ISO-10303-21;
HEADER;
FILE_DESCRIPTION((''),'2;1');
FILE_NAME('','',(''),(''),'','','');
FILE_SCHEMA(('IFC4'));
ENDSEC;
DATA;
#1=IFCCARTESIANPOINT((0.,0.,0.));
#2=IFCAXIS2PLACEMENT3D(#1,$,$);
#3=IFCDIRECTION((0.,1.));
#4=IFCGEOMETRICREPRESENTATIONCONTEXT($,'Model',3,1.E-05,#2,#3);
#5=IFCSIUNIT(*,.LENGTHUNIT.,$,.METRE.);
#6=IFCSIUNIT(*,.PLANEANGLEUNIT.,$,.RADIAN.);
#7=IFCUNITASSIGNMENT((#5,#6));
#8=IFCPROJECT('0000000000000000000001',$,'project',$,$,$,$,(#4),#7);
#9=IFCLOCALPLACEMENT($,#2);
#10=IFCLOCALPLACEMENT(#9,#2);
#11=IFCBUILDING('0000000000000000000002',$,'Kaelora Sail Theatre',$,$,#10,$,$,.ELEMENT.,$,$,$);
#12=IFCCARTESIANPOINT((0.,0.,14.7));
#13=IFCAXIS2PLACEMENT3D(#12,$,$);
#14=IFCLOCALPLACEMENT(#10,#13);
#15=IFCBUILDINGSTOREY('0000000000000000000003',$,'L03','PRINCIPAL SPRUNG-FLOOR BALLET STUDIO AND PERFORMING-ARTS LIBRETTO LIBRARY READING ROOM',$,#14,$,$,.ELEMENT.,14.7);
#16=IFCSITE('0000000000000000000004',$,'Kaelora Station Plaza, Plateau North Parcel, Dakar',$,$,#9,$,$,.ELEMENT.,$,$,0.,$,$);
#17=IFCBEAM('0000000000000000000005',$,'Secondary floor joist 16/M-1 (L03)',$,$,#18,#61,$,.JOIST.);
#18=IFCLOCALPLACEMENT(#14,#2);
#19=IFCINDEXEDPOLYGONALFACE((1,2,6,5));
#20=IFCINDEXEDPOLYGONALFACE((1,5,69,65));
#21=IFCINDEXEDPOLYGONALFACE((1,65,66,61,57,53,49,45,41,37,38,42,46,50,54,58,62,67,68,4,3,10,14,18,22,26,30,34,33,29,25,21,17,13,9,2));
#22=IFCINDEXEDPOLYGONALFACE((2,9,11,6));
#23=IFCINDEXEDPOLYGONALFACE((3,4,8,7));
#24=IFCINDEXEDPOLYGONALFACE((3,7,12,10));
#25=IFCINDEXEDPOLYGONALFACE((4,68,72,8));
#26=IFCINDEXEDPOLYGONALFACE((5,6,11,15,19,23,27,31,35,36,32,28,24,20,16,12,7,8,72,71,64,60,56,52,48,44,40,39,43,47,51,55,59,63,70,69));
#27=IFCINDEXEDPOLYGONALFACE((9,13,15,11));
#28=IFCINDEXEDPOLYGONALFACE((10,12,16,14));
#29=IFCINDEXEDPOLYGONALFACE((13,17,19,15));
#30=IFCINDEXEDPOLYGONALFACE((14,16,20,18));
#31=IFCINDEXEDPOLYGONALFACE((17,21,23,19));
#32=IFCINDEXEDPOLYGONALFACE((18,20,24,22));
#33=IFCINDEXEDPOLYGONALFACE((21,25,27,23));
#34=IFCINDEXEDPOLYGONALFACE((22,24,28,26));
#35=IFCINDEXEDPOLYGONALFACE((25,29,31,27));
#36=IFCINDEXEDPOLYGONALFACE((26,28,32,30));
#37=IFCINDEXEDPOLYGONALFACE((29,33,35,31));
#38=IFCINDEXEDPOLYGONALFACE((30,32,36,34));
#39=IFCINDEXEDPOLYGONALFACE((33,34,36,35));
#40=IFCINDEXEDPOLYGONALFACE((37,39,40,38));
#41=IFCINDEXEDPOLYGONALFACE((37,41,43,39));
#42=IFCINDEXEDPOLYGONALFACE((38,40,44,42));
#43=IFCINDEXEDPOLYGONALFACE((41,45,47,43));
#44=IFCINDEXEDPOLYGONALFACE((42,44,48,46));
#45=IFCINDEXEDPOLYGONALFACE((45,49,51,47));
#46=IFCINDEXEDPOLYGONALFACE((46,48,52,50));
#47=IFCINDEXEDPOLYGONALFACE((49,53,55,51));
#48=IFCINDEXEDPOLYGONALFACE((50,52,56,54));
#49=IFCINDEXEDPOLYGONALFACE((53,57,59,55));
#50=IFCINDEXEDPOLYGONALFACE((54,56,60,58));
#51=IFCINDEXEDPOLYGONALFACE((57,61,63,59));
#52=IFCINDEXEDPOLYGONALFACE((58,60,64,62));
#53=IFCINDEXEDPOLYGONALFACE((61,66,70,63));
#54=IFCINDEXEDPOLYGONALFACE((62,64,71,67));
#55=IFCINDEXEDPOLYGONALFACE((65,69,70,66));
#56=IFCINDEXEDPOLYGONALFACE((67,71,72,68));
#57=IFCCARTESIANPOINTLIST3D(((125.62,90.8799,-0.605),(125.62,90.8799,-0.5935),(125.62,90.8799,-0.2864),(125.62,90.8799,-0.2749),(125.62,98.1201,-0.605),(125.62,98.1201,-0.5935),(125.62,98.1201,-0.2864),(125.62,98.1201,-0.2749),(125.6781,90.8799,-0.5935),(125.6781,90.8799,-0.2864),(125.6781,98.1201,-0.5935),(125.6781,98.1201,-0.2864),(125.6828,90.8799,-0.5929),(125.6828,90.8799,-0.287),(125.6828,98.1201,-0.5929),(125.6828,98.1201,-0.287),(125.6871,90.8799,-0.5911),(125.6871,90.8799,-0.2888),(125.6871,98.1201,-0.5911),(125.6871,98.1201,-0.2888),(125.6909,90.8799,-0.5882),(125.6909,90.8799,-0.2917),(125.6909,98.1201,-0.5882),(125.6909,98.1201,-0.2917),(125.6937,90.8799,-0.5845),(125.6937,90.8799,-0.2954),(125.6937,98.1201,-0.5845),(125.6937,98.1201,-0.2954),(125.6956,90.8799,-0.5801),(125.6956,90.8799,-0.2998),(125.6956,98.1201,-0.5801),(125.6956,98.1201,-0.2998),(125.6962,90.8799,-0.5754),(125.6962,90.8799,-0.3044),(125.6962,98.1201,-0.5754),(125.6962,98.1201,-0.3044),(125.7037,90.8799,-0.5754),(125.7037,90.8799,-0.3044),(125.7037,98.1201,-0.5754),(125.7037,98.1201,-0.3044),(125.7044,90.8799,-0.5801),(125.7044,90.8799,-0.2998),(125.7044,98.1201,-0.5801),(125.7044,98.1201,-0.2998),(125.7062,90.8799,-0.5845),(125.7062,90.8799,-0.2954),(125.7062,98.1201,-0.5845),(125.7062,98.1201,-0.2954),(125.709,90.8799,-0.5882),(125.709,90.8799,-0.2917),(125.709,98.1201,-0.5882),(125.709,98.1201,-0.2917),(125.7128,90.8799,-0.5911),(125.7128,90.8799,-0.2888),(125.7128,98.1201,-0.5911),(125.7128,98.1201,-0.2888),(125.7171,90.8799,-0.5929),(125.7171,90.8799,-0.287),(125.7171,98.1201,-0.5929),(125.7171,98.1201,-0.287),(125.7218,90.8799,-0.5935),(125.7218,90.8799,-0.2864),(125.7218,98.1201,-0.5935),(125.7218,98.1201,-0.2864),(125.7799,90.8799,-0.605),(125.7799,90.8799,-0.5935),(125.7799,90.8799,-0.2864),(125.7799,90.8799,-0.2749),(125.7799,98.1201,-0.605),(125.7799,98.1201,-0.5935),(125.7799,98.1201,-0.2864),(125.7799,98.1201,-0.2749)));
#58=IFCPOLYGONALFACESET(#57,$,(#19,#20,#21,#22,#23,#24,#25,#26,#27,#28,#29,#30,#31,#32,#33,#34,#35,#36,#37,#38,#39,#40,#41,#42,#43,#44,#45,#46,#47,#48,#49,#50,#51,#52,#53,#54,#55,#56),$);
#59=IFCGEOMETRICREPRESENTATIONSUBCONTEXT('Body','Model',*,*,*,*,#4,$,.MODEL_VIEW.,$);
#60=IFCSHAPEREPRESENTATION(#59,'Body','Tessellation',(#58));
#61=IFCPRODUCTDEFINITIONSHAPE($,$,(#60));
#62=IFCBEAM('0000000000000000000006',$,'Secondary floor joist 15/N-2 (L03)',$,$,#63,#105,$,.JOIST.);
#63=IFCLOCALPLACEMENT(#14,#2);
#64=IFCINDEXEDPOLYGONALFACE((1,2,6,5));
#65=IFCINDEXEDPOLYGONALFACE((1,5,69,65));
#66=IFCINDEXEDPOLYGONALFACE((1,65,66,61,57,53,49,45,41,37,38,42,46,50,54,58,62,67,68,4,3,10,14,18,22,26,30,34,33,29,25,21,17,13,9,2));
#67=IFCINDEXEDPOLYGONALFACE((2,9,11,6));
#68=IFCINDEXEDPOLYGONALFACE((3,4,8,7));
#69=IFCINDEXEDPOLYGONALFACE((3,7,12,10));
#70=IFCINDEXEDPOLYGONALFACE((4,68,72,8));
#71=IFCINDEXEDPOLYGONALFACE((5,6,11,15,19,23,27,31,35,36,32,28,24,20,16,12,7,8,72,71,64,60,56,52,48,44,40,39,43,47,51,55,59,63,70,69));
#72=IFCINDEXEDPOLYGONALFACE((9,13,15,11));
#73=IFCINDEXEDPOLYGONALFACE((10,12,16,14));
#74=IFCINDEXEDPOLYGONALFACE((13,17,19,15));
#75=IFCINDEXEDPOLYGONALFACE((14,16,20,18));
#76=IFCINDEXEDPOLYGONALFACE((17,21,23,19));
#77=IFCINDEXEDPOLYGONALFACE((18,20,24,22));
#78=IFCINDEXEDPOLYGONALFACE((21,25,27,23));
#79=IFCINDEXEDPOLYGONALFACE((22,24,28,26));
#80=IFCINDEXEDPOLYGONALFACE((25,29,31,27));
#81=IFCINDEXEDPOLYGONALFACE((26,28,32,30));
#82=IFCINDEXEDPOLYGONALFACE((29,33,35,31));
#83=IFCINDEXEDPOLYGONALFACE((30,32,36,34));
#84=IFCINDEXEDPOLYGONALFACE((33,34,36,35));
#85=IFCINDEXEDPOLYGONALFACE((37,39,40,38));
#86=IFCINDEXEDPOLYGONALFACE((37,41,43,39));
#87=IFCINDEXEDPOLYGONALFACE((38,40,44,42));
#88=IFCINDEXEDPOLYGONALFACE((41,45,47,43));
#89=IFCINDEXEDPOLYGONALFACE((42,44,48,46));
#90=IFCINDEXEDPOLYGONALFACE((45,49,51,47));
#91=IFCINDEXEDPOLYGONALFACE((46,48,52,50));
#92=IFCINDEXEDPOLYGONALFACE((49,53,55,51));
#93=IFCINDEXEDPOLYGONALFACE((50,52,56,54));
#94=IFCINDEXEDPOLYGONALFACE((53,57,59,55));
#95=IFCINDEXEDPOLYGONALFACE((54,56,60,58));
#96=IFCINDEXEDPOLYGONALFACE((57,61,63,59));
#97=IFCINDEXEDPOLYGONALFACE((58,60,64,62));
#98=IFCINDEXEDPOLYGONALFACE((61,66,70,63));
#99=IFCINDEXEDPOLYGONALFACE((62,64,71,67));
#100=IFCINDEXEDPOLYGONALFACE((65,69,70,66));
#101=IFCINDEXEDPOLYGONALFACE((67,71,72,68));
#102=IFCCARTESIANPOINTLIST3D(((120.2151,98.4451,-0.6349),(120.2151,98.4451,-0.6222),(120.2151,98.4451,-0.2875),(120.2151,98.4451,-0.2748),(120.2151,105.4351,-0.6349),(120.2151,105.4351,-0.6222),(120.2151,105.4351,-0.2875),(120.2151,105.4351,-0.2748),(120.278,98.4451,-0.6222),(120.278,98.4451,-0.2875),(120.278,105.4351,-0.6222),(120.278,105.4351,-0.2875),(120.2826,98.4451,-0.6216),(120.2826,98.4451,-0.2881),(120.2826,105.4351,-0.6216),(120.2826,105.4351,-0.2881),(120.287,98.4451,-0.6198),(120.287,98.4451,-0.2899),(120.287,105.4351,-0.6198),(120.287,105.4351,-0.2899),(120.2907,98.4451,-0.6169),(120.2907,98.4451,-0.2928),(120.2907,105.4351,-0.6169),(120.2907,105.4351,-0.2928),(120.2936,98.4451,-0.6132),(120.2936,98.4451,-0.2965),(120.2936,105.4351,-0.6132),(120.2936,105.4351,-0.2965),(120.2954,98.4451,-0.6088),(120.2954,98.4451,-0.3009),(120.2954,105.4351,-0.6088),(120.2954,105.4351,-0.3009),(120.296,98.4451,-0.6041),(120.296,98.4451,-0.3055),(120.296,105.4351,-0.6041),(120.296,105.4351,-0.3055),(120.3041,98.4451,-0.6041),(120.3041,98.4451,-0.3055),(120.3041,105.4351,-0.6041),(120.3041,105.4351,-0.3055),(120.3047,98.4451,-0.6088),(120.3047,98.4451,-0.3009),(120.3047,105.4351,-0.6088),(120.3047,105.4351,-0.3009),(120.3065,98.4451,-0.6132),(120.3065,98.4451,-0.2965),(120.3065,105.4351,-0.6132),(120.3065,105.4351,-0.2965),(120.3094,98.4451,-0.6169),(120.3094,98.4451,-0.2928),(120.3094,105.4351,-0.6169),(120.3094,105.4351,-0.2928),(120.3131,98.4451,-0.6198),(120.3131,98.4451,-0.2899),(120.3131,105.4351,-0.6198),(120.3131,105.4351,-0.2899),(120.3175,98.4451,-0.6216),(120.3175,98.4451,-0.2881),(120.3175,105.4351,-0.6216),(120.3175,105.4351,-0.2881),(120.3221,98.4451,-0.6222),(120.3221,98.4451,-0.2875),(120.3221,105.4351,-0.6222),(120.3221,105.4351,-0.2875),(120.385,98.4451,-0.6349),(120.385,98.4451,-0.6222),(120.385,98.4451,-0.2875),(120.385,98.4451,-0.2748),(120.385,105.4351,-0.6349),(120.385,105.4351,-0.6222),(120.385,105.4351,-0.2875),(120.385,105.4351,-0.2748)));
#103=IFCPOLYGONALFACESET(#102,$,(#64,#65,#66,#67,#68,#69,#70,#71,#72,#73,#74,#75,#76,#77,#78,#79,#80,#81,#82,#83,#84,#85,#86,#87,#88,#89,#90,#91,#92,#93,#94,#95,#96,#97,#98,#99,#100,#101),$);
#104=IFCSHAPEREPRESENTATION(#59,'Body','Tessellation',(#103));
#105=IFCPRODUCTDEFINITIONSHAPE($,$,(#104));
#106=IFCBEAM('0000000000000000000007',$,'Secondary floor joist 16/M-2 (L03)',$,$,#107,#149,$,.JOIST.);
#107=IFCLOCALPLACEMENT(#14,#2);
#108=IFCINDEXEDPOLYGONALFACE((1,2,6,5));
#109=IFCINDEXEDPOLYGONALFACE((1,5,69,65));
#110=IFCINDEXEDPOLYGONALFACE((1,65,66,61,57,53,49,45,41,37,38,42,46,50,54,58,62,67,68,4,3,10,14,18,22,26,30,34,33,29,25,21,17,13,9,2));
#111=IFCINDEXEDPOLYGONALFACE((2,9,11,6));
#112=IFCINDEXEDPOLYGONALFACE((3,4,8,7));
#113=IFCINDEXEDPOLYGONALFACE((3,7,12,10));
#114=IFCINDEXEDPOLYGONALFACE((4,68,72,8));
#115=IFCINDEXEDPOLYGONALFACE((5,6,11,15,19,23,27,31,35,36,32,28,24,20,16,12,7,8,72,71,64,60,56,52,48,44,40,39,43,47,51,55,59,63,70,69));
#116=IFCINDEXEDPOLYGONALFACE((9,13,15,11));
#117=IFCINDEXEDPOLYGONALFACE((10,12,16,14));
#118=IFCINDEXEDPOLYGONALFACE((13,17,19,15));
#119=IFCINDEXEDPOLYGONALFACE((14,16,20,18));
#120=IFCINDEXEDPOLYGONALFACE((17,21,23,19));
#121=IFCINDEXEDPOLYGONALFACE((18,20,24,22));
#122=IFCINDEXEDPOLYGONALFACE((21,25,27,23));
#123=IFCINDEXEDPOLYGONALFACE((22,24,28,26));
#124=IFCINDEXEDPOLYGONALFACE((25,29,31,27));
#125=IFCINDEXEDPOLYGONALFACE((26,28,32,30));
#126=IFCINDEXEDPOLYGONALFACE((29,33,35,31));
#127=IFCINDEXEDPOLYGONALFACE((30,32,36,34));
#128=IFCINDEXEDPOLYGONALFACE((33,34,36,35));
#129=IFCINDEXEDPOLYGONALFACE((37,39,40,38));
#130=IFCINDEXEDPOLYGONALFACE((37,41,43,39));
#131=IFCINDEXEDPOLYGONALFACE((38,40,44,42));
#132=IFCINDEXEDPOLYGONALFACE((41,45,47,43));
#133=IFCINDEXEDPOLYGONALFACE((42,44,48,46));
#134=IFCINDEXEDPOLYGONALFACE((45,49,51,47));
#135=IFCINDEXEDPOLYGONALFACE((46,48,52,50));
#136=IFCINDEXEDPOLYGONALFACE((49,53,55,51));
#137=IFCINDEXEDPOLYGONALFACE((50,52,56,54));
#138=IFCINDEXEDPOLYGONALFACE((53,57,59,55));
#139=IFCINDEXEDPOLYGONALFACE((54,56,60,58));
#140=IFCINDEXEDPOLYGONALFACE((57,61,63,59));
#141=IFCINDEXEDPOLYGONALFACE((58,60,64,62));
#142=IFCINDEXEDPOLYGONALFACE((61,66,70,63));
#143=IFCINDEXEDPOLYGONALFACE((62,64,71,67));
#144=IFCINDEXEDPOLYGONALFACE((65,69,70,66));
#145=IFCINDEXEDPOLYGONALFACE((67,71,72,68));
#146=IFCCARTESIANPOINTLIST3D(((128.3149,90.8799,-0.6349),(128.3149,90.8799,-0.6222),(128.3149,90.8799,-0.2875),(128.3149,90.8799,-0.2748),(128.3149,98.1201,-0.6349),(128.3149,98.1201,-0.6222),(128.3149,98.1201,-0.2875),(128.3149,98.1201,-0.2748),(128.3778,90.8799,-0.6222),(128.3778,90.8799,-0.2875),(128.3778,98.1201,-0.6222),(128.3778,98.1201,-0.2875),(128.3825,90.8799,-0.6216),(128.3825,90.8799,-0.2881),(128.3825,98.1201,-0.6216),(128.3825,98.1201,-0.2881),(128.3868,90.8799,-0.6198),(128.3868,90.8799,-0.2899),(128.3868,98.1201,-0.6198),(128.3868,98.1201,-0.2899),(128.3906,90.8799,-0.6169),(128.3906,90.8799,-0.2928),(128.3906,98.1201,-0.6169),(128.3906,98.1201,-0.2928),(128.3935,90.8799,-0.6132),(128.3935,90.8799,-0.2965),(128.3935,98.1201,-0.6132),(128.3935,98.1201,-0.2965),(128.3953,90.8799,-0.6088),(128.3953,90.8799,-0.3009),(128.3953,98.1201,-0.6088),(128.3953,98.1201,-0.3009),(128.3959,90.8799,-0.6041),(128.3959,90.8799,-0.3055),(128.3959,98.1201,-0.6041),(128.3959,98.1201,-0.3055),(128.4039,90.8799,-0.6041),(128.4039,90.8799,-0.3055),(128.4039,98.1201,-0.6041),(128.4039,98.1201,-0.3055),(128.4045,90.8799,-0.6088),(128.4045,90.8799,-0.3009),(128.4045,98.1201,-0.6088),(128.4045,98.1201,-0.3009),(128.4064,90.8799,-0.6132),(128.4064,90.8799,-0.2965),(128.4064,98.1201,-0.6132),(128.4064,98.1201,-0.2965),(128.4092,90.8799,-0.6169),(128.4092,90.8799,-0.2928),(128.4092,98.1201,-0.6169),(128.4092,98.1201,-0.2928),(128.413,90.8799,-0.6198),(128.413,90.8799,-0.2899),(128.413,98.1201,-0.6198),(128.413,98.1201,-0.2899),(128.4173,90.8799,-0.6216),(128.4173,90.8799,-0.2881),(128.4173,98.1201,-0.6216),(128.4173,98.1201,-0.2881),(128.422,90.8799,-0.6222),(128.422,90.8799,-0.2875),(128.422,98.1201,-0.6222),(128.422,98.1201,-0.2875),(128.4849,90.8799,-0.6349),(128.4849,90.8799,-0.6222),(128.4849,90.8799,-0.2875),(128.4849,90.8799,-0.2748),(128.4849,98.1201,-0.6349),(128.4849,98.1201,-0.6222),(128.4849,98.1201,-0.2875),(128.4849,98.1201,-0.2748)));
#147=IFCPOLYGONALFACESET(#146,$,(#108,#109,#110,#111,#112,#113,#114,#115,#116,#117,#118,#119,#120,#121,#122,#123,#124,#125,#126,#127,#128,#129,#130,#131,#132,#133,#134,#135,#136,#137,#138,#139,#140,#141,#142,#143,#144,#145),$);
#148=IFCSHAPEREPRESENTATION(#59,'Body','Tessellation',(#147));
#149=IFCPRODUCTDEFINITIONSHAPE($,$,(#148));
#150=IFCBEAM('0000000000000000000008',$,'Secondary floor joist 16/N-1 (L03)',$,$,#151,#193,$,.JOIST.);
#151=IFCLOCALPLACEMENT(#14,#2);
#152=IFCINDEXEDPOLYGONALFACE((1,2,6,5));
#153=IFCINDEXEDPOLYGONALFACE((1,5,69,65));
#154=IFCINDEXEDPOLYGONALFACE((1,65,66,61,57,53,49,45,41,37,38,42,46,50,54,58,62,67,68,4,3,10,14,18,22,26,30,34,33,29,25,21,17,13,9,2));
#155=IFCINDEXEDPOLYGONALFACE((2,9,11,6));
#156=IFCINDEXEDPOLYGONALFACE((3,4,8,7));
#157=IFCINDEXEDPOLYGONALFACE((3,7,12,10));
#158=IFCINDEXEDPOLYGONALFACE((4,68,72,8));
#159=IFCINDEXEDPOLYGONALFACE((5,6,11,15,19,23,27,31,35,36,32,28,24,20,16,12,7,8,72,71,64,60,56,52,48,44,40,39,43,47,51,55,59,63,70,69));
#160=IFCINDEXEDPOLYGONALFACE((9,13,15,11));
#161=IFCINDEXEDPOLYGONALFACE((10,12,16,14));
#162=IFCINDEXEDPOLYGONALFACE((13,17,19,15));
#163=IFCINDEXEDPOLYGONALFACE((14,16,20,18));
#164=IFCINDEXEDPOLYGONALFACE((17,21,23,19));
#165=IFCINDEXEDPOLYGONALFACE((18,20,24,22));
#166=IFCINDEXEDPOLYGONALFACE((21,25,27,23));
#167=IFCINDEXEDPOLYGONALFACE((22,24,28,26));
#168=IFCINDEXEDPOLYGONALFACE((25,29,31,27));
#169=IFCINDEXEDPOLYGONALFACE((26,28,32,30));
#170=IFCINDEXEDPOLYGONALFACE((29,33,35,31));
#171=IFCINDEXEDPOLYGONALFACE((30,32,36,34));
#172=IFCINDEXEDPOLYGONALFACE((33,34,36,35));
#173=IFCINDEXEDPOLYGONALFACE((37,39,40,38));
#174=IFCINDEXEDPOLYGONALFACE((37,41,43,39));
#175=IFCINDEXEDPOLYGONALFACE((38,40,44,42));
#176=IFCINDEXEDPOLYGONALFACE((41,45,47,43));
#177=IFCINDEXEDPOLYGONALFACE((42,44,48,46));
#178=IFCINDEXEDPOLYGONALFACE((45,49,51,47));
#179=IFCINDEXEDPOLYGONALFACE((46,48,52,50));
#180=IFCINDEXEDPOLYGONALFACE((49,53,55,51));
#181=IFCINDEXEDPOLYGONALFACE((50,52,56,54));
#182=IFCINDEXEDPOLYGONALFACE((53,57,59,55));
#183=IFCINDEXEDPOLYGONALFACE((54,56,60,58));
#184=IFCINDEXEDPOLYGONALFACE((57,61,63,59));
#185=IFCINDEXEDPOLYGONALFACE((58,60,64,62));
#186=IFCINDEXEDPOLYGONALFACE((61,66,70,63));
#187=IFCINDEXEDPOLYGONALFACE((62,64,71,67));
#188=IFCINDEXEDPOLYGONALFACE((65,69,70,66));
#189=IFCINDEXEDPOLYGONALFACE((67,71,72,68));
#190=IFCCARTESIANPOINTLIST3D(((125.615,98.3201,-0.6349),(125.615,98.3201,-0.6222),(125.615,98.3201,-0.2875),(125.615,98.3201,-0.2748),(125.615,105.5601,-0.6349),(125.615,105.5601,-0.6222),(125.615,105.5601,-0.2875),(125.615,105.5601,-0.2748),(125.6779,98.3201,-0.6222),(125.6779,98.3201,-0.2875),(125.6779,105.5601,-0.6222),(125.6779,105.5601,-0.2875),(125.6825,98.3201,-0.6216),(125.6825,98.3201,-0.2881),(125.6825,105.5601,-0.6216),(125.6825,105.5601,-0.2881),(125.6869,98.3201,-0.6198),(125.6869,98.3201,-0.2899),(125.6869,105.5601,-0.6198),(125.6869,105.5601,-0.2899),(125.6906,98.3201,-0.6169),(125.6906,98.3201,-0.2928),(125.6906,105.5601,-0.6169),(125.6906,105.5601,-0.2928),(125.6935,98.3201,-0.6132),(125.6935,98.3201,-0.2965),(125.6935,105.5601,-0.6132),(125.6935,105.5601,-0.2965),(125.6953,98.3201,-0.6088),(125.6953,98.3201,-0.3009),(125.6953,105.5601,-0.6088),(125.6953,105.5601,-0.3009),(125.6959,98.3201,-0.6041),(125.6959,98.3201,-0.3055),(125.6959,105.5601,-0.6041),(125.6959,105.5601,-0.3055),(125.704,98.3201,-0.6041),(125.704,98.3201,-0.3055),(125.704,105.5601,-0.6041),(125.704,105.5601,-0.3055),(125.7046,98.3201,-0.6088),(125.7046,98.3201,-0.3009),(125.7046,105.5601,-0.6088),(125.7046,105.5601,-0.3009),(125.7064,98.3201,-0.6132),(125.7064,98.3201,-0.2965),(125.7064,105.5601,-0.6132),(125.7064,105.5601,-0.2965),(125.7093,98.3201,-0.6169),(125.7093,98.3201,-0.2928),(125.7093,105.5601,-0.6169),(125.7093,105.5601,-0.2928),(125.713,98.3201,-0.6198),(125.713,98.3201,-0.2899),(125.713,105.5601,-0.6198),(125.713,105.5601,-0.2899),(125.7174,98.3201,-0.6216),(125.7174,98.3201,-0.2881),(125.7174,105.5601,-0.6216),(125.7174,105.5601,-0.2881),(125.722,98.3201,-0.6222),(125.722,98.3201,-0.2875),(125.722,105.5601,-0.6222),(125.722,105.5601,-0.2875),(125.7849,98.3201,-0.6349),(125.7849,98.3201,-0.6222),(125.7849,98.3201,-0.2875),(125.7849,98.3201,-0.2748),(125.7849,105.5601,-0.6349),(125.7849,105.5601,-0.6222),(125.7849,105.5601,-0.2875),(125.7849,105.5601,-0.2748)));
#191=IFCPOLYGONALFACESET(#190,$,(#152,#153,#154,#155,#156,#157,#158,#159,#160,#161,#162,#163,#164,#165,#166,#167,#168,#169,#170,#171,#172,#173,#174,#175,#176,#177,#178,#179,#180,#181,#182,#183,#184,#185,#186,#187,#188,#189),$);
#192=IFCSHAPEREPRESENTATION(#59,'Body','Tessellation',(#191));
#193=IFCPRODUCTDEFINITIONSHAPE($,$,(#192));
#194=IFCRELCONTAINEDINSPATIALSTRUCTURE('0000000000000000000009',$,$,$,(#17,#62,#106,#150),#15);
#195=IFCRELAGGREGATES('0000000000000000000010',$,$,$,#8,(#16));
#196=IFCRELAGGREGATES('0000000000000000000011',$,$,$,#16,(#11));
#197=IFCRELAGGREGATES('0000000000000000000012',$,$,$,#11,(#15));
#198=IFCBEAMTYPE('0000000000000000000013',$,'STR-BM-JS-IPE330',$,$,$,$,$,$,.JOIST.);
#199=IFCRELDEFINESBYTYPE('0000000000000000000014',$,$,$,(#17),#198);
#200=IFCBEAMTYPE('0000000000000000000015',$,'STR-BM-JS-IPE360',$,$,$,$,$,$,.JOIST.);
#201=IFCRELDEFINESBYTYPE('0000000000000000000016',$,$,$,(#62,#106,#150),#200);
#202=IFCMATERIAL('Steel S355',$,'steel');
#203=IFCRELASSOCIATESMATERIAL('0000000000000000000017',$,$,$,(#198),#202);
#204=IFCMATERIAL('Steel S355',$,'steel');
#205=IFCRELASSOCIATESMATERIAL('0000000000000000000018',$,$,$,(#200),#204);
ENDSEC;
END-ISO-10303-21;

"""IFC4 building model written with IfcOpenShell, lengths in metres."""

from ifc_helpers import new_model, si_unit, direction, frame, origin, origin_2d, place, context, subcontext, project, spatial, i_section, extrude, material, material_profile, profile_set, type_object, element, save


model = new_model("IFC4")

# Units and contexts
model_context = context("Model", 3, precision=1e-05, world=origin(), true_north=direction((0.0, 1.0)))
body_context = subcontext(model_context, "Body", "Model", "MODEL_VIEW")
ifc_project = project(units=[si_unit("LENGTHUNIT", "METRE"), si_unit("PLANEANGLEUNIT", "RADIAN")], contexts=[model_context])

# Site, building, storey
site_placement = place(None, origin())
site = spatial("IfcSite", under=ifc_project, at=site_placement, Name="Kaelora Station Plaza, Plateau North Parcel, Dakar", CompositionType="ELEMENT", RefElevation=0.0)
building_placement = place(site_placement, origin())
building = spatial("IfcBuilding", under=site, at=building_placement, Name="Kaelora Sail Theatre", CompositionType="ELEMENT")
storey_placement = place(building_placement, frame((0.0, 0.0, 14.7)))
storey = spatial("IfcBuildingStorey", under=building, at=storey_placement, Name="L03", Description="PRINCIPAL SPRUNG-FLOOR BALLET STUDIO AND PERFORMING-ARTS LIBRETTO LIBRARY READING ROOM", CompositionType="ELEMENT", Elevation=14.7)

# Beams
ifc_material_1 = material(Name="Steel S355", Category="steel")
ifc_material_profile_1 = material_profile(ifc_material_1, i_section(OverallWidth=0.1599, OverallDepth=0.3301, WebThickness=0.0076, FlangeThickness=0.0115, FilletRadius=0.0181, at=origin_2d()), Name="IPE 330")
ifc_profile_set_1 = profile_set([ifc_material_profile_1], Name="Steel S355")
beam_type_1 = type_object("IfcBeamType", Name="STR-BM-JS-IPE330", PredefinedType="JOIST", material=ifc_profile_set_1)
beam_1_placement = place(storey_placement, frame((125.7, 90.8799, -0.4399), z_axis=(0.0, 1.0, 0.0), x_axis=(-1.0, 0.0, 0.0)))
element("IfcBeam", 1, at=beam_1_placement, inside=storey, type_object=beam_type_1, Name="Secondary floor joist 16/M-1 (L03)", PredefinedType="JOIST", context=body_context, shape_type="SweptSolid", body=[
    extrude(i_section(OverallWidth=0.1599, OverallDepth=0.3301, WebThickness=0.0076, FlangeThickness=0.0115, FilletRadius=0.0181, at=origin_2d()), origin(), (0.0, 0.0, 1.0), 7.2402),
])
ifc_material_2 = material(Name="Steel S355", Category="steel")
ifc_material_profile_2 = material_profile(ifc_material_2, i_section(OverallWidth=0.1699, OverallDepth=0.3601, WebThickness=0.0081, FlangeThickness=0.0127, FilletRadius=0.0181, at=origin_2d()), Name="IPE 360")
ifc_profile_set_2 = profile_set([ifc_material_profile_2], Name="Steel S355")
beam_type_2 = type_object("IfcBeamType", Name="STR-BM-JS-IPE360", PredefinedType="JOIST", material=ifc_profile_set_2)
beam_2_placement = place(storey_placement, frame((120.3, 98.4451, -0.4548), z_axis=(0.0, 1.0, 0.0), x_axis=(-1.0, 0.0, 0.0)))
element("IfcBeam", 2, at=beam_2_placement, inside=storey, type_object=beam_type_2, Name="Secondary floor joist 15/N-2 (L03)", PredefinedType="JOIST", context=body_context, shape_type="SweptSolid", body=[
    extrude(i_section(OverallWidth=0.1699, OverallDepth=0.3601, WebThickness=0.0081, FlangeThickness=0.0127, FilletRadius=0.0181, at=origin_2d()), origin(), (0.0, 0.0, 1.0), 6.99),
])
beam_3_placement = place(storey_placement, frame((128.3999, 90.8799, -0.4548), z_axis=(0.0, 1.0, 0.0), x_axis=(-1.0, 0.0, 0.0)))
element("IfcBeam", 3, at=beam_3_placement, inside=storey, type_object=beam_type_2, Name="Secondary floor joist 16/M-2 (L03)", PredefinedType="JOIST", context=body_context, shape_type="SweptSolid", body=[
    extrude(i_section(OverallWidth=0.1699, OverallDepth=0.3601, WebThickness=0.0081, FlangeThickness=0.0127, FilletRadius=0.0181, at=origin_2d()), origin(), (0.0, 0.0, 1.0), 7.2402),
])
beam_4_placement = place(storey_placement, frame((125.7, 98.3201, -0.4548), z_axis=(0.0, 1.0, 0.0), x_axis=(-1.0, 0.0, 0.0)))
element("IfcBeam", 4, at=beam_4_placement, inside=storey, type_object=beam_type_2, Name="Secondary floor joist 16/N-1 (L03)", PredefinedType="JOIST", context=body_context, shape_type="SweptSolid", body=[
    extrude(i_section(OverallWidth=0.1699, OverallDepth=0.3601, WebThickness=0.0081, FlangeThickness=0.0127, FilletRadius=0.0181, at=origin_2d()), origin(), (0.0, 0.0, 1.0), 7.24),
])

save(model, "model.ifc")
